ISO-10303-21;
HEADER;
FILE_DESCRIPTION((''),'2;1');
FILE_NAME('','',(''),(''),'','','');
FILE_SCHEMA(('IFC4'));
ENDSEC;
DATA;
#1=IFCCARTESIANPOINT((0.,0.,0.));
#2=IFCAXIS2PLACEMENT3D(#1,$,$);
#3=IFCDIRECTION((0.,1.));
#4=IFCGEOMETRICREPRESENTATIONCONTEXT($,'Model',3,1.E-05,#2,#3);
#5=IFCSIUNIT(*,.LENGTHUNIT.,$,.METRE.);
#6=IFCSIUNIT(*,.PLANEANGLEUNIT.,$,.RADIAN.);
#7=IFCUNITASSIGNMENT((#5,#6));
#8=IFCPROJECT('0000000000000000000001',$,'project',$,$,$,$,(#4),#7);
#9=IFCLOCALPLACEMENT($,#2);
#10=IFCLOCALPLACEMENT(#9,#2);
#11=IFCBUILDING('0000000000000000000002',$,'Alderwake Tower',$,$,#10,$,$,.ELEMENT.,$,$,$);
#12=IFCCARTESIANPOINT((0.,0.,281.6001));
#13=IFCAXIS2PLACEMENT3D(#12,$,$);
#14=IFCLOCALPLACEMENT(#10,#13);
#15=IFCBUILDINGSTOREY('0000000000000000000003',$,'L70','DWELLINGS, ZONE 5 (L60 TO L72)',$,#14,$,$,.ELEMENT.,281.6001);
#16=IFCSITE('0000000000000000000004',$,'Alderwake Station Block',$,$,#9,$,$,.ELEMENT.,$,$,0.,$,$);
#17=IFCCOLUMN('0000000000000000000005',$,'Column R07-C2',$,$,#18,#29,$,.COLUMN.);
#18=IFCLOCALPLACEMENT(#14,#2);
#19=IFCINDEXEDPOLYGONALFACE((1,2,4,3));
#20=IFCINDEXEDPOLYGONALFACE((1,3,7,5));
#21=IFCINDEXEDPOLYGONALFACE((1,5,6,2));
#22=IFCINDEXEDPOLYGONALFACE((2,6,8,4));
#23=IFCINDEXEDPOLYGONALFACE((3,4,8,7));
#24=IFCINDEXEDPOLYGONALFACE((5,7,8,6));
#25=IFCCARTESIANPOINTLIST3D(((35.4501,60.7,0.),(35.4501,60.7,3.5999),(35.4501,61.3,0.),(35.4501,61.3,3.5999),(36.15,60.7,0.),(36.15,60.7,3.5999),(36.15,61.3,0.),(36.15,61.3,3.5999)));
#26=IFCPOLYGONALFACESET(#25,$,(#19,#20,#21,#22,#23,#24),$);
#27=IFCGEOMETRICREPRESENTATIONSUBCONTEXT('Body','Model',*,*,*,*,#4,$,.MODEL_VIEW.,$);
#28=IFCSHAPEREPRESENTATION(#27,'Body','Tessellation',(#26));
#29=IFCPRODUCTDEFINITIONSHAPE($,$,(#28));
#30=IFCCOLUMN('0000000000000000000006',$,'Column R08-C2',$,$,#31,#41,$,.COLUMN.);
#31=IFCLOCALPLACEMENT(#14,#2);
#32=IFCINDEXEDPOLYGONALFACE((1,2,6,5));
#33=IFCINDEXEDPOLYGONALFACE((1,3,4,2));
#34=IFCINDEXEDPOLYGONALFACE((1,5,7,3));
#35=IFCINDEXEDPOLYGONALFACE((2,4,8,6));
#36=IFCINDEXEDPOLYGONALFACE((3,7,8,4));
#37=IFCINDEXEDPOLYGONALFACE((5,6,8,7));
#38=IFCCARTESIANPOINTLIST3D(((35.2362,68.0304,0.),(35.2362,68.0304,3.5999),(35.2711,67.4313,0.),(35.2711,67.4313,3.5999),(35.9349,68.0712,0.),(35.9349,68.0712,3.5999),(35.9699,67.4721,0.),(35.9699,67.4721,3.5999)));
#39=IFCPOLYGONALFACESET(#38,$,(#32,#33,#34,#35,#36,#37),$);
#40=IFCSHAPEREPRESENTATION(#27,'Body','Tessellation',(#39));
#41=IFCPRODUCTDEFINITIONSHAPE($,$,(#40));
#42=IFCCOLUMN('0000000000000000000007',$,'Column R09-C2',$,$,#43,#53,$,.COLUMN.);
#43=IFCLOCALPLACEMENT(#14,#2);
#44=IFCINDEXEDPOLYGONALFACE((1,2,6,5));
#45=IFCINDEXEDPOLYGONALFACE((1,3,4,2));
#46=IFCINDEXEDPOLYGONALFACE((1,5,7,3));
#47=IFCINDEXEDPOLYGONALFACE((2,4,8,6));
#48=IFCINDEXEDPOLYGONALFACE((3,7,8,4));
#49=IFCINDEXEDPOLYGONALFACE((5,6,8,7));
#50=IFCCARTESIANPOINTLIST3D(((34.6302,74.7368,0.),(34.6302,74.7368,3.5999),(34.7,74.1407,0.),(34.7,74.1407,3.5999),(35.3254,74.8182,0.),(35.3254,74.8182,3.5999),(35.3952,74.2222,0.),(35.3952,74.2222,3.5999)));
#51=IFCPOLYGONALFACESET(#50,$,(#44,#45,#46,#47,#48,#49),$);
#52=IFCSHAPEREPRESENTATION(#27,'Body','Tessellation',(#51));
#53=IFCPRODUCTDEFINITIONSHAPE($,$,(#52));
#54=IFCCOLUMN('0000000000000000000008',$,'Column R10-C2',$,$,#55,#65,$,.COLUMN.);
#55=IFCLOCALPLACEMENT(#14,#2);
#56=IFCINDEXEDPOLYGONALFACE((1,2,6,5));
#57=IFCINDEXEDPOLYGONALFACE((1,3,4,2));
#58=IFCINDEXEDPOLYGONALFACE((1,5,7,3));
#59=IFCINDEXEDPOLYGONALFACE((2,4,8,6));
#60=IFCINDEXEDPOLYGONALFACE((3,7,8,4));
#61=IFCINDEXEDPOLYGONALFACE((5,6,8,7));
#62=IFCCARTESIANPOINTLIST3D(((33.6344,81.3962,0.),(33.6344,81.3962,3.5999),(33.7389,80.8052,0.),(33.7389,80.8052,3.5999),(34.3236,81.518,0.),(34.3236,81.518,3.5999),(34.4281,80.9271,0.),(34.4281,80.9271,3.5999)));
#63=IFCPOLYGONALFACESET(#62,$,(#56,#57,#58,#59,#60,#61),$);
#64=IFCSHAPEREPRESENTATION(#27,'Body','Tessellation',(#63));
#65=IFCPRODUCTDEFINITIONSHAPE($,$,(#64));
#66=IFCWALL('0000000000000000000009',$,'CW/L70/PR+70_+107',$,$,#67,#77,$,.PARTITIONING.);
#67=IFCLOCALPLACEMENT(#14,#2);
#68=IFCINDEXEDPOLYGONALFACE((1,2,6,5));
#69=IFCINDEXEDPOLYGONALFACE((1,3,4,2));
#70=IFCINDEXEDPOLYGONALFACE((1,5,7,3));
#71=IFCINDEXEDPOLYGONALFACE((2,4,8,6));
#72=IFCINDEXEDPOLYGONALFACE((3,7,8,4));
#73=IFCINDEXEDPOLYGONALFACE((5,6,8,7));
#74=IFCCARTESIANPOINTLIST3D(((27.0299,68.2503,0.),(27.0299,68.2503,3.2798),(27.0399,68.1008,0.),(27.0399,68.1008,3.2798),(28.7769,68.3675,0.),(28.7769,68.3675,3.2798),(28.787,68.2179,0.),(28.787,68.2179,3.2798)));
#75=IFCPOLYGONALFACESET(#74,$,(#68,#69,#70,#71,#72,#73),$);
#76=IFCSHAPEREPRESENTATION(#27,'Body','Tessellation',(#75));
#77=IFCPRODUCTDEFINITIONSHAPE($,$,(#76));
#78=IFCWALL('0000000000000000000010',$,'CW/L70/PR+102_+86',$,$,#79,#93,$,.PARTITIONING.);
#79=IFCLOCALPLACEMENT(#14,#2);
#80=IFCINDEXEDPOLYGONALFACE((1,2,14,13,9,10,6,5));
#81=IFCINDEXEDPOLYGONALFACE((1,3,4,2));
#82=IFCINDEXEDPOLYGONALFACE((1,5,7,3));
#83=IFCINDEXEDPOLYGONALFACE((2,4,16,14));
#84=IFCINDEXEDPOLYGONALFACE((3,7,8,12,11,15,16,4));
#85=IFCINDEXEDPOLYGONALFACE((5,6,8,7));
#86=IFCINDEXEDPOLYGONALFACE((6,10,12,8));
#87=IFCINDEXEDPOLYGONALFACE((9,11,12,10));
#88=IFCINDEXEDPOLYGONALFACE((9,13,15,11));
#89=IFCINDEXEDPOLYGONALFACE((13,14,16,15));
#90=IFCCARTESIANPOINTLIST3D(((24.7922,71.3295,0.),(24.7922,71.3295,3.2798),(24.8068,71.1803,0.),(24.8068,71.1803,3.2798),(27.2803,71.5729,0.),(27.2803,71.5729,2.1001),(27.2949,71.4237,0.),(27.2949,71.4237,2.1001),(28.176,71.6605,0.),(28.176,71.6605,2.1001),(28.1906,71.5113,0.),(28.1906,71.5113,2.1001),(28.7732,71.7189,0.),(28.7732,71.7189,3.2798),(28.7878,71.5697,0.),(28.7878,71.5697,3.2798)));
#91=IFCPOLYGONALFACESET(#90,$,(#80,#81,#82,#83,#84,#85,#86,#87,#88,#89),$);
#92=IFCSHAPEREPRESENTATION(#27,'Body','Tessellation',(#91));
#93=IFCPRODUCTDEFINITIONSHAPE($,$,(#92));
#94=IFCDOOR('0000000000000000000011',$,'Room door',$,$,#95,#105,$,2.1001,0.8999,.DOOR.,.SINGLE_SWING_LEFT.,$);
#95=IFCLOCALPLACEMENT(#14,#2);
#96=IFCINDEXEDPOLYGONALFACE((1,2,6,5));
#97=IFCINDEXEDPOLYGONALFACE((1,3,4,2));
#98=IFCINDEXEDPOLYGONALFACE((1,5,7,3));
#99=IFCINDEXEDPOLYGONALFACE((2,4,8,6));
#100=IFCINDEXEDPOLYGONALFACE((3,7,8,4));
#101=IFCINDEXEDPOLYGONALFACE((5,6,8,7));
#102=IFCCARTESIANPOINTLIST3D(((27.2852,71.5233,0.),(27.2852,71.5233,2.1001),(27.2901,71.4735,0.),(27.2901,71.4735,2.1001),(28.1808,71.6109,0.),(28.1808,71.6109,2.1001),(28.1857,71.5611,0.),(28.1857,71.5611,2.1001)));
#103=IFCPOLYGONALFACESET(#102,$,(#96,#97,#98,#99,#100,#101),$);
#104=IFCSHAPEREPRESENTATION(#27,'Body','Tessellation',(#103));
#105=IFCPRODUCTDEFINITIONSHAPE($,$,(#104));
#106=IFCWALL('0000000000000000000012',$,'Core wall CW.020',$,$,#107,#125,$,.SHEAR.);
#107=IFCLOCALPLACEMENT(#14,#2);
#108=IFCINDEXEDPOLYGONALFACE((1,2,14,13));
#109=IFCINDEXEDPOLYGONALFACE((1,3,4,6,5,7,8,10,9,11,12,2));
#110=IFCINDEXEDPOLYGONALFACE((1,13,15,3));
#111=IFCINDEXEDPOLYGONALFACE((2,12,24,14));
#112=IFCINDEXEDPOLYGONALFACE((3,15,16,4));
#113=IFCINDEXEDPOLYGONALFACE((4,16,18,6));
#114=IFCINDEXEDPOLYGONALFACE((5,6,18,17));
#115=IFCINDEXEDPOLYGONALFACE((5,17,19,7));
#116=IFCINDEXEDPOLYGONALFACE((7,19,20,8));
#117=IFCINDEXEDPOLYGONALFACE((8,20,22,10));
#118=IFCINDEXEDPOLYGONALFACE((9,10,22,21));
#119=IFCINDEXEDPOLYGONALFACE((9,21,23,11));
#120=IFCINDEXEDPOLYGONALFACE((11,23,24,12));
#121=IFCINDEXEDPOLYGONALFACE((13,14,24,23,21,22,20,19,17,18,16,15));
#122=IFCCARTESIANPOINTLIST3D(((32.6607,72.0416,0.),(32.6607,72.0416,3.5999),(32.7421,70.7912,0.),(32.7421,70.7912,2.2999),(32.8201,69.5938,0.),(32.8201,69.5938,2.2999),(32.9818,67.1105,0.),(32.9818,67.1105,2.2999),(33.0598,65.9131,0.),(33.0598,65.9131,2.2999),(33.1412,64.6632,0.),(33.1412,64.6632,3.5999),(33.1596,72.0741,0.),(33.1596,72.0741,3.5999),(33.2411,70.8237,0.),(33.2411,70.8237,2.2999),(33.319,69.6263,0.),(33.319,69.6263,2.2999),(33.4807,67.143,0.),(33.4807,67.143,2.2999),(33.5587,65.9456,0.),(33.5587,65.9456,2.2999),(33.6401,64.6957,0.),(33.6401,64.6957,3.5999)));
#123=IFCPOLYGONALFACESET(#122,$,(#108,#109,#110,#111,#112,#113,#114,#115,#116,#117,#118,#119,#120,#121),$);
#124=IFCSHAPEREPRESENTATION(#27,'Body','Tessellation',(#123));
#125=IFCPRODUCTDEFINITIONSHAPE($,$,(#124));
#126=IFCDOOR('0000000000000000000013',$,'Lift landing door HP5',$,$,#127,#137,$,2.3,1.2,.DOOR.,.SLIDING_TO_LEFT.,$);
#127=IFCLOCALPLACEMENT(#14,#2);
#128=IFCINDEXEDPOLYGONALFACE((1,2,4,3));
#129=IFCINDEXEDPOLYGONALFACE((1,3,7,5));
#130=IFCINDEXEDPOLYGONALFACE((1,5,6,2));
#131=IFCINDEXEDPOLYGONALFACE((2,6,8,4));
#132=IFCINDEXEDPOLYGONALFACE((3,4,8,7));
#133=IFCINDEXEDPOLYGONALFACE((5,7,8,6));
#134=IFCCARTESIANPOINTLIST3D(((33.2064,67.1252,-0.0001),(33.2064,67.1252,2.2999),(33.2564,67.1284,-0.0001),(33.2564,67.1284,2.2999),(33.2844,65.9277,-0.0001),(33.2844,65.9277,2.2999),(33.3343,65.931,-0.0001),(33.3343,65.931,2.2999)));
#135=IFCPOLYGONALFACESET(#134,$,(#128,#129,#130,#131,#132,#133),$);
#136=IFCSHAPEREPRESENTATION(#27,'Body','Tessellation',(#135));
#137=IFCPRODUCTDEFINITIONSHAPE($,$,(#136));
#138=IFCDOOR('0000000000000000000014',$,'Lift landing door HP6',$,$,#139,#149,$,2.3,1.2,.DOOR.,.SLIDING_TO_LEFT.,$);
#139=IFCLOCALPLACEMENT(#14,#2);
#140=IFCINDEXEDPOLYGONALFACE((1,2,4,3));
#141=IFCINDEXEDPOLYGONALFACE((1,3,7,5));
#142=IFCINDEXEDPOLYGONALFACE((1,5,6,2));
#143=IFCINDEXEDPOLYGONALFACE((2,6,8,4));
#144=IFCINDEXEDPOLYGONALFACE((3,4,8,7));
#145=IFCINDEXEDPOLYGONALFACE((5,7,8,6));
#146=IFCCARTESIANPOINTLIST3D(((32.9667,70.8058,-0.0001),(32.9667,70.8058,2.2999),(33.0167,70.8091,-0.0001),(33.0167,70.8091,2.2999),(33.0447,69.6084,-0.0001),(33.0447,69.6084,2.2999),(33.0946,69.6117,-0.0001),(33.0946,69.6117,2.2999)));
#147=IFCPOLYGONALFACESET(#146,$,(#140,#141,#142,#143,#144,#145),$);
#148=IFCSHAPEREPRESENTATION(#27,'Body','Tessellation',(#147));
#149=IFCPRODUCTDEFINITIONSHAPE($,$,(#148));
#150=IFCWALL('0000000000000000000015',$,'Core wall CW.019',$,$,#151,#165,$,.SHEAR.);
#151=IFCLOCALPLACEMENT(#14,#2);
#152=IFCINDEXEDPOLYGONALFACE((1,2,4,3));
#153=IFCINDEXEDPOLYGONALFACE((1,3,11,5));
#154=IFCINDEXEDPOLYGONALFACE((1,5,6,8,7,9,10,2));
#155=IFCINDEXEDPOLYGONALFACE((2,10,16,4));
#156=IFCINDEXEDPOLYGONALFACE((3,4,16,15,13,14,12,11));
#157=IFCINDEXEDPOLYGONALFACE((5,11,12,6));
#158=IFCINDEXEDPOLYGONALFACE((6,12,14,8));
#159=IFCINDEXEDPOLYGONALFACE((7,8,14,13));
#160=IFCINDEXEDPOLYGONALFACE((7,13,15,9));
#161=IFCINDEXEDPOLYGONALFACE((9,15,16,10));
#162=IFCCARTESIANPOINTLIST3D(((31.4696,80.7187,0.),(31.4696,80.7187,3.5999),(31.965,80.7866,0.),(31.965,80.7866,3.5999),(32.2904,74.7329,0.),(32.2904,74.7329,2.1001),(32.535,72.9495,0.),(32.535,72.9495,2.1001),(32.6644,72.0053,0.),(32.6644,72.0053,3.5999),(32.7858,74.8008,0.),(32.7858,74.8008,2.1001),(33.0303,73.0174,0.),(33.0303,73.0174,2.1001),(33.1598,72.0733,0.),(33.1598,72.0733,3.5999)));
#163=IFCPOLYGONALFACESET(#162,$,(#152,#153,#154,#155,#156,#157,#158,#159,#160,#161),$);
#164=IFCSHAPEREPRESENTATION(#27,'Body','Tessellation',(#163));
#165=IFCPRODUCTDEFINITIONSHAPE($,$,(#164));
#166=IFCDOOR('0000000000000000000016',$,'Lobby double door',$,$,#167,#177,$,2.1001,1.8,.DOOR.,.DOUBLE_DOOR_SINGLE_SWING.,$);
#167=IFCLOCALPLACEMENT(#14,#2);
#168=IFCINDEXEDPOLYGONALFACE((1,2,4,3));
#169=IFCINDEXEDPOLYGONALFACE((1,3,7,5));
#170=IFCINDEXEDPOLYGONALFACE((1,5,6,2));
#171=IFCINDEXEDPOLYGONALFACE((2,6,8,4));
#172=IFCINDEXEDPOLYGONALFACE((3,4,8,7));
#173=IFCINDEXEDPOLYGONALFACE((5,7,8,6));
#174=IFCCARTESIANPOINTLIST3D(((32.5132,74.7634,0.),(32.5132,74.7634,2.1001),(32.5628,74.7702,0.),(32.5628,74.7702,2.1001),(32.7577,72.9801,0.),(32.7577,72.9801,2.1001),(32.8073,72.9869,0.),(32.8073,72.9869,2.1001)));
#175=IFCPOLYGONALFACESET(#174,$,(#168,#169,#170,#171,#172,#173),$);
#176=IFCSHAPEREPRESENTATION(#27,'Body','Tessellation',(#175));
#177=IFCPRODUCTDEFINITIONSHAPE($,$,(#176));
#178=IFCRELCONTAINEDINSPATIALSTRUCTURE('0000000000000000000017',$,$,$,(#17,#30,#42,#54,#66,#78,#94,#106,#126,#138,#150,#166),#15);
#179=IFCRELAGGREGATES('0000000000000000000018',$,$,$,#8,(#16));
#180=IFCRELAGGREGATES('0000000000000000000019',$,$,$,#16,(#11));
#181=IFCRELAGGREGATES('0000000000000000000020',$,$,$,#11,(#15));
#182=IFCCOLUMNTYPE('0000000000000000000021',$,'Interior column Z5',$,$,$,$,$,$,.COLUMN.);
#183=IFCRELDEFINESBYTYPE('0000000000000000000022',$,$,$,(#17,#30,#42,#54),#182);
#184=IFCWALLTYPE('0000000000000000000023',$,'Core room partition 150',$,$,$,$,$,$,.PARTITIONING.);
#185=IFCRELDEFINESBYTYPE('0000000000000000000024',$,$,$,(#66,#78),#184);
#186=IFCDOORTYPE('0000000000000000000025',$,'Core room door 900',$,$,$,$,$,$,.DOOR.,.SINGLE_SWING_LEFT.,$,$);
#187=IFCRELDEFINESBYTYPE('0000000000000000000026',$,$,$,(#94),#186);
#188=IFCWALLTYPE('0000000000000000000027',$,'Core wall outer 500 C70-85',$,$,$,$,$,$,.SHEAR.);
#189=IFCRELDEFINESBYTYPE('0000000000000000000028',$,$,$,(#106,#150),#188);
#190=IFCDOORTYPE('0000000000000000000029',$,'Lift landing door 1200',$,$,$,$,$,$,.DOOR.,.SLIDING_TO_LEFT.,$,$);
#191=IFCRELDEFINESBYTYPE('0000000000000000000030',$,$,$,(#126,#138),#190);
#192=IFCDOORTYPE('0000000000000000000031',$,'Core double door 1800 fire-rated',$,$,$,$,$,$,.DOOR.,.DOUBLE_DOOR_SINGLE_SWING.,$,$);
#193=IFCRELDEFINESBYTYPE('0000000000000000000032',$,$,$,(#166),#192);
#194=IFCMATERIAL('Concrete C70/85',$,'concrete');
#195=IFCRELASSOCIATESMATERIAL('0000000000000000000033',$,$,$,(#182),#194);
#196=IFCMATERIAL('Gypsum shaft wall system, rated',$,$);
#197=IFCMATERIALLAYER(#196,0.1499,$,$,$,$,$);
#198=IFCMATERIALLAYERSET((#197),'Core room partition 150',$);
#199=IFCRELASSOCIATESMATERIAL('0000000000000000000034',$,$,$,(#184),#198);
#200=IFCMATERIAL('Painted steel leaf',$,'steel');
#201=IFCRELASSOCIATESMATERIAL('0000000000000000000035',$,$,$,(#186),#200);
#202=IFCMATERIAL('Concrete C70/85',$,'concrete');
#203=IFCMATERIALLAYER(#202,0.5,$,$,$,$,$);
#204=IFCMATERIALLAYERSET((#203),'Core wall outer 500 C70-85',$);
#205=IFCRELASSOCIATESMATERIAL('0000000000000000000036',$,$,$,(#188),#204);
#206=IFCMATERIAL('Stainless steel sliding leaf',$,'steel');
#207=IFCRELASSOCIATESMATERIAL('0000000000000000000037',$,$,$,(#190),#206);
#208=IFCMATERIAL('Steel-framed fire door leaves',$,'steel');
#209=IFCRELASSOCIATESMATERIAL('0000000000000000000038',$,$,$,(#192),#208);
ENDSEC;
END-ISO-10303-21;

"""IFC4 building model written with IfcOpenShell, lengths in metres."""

from ifc_helpers import new_model, si_unit, direction, frame, frame_2d, origin, origin_2d, place, context, subcontext, project, spatial, rectangle, extrude, material, layer, layer_set, material_profile, profile_set, type_object, element, fill, save


model = new_model("IFC4")

# Units and contexts
model_context = context("Model", 3, precision=1e-05, world=origin(), true_north=direction((0.0, 1.0)))
body_context = subcontext(model_context, "Body", "Model", "MODEL_VIEW")
ifc_project = project(units=[si_unit("LENGTHUNIT", "METRE"), si_unit("PLANEANGLEUNIT", "RADIAN")], contexts=[model_context])

# Site, building, storey
site_placement = place(None, origin())
site = spatial("IfcSite", under=ifc_project, at=site_placement, Name="Alderwake Station Block", CompositionType="ELEMENT", RefElevation=0.0)
building_placement = place(site_placement, origin())
building = spatial("IfcBuilding", under=site, at=building_placement, Name="Alderwake Tower", CompositionType="ELEMENT")
storey_placement = place(building_placement, frame((0.0, 0.0, 281.6001)))
storey = spatial("IfcBuildingStorey", under=building, at=storey_placement, Name="L70", Description="DWELLINGS, ZONE 5 (L60 TO L72)", CompositionType="ELEMENT", Elevation=281.6001)

# Columns
ifc_material_1 = material(Name="Concrete C70/85", Category="concrete")
ifc_material_profile = material_profile(ifc_material_1, rectangle(XDim=0.6001, YDim=0.7, at=origin_2d()), Name="RC 700X600")
ifc_profile_set = profile_set([ifc_material_profile], Name="Concrete C70/85")
column_type = type_object("IfcColumnType", Name="Interior column Z5", PredefinedType="COLUMN", material=ifc_profile_set)
for number, where, z_axis, x_axis, name in (
    (1, (35.8, 61.0, 0.0), (0.0, 0.0, 1.0), (0.0, 1.0, 0.0), "Column R07-C2"),
    (2, (35.603, 67.7512, 0.0), (0.0, 0.0, 1.0), (-0.058301, 0.998299, 0.0), "Column R08-C2"),
    (3, (35.0127, 74.4795, 0.0), (0.0, 0.0, 1.0), (-0.116402, 0.993202, 0.0), "Column R09-C2"),
    (4, (34.0312, 81.1616, 0.0), (0.0, 0.0, 1.0), (-0.174109, 0.984726, 0.0), "Column R10-C2"),
):
    element("IfcColumn", number, at=place(storey_placement, frame(where, z_axis=z_axis, x_axis=x_axis)), inside=storey, type_object=column_type, Name=name, PredefinedType="COLUMN", context=body_context, shape_type="SweptSolid", body=[
        extrude(rectangle(XDim=0.6001, YDim=0.7, at=origin_2d()), origin(), (0.0, 0.0, 1.0), 3.5999),
    ])

# Wall
ifc_material_2 = material(Name="Gypsum shaft wall system, rated")
ifc_layer_1 = layer(ifc_material_2, 0.1499)
ifc_layer_set_1 = layer_set([ifc_layer_1], Name="Core room partition 150")
wall_type_1 = type_object("IfcWallType", Name="Core room partition 150", PredefinedType="PARTITIONING", material=ifc_layer_set_1)
wall_1_placement = place(storey_placement, frame((27.0349, 68.1755, 0.0), z_axis=(0.0, 0.0, 1.0), x_axis=(0.997758, 0.066926, 0.0)))
element("IfcWall", 5, at=wall_1_placement, inside=storey, type_object=wall_type_1, Name="CW/L70/PR+70_+107", PredefinedType="PARTITIONING", context=body_context, shape_type="SweptSolid", body=[
    extrude(rectangle(XDim=1.751, YDim=0.1499, at=frame_2d((0.8755, 0.0))), origin(), (0.0, 0.0, 1.0), 3.2798),
])

# Wall, opening, door
wall_2_placement = place(storey_placement, frame((28.7805, 71.6443, 0.0), z_axis=(0.0, 0.0, 1.0), x_axis=(-0.99525, -0.097352, 0.0)))
wall_2 = element("IfcWall", 6, at=wall_2_placement, inside=storey, type_object=wall_type_1, Name="CW/L70/PR+102_+86", PredefinedType="PARTITIONING", context=body_context, shape_type="SweptSolid", body=[
    extrude(rectangle(XDim=4.0, YDim=0.1499, at=frame_2d((2.0, 0.0))), origin(), (0.0, 0.0, 1.0), 3.2798),
])
opening_1_placement = place(wall_2_placement, frame((0.6001, 0.0, 0.0)))
opening_1 = element("IfcOpeningElement", 7, at=opening_1_placement, cuts=wall_2, PredefinedType="OPENING", context=body_context, shape_type="SweptSolid", body=[
    extrude(rectangle(XDim=0.8999, YDim=2.1001, at=frame_2d((0.45, 1.05))), frame((0.0, 0.085, 0.0), z_axis=(0.0, -1.0, 0.0), x_axis=(1.0, 0.0, 0.0)), (0.0, 0.0, 1.0), 0.1699),
])
ifc_material_3 = material(Name="Painted steel leaf", Category="steel")
door_type_1 = type_object("IfcDoorType", Name="Core room door 900", OperationType="SINGLE_SWING_LEFT", PredefinedType="DOOR", material=ifc_material_3)
door_1_placement = place(opening_1_placement, origin())
door_1 = element("IfcDoor", 8, at=door_1_placement, inside=storey, type_object=door_type_1, Name="Room door", OperationType="SINGLE_SWING_LEFT", OverallHeight=2.1001, OverallWidth=0.8999, PredefinedType="DOOR", context=body_context, shape_type="SweptSolid", body=[
    extrude(rectangle(XDim=0.8999, YDim=2.1001, at=frame_2d((0.45, 1.05))), frame((0.0, 0.0249, 0.0), z_axis=(0.0, -1.0, 0.0), x_axis=(1.0, 0.0, 0.0)), (0.0, 0.0, 1.0), 0.05),
])
fill(opening_1, door_1)

# Wall, openings, doors
ifc_material_4 = material(Name="Concrete C70/85", Category="concrete")
ifc_layer_2 = layer(ifc_material_4, 0.5)
ifc_layer_set_2 = layer_set([ifc_layer_2], Name="Core wall outer 500 C70-85")
wall_type_2 = type_object("IfcWallType", Name="Core wall outer 500 C70-85", PredefinedType="SHEAR", material=ifc_layer_set_2)
wall_3_placement = place(storey_placement, frame((33.3906, 64.6794, 0.0), z_axis=(0.0, 0.0, 1.0), x_axis=(-0.064981, 0.997887, 0.0)))
wall_3 = element("IfcWall", 9, at=wall_3_placement, inside=storey, type_object=wall_type_2, Name="Core wall CW.020", PredefinedType="SHEAR", context=body_context, shape_type="SweptSolid", body=[
    extrude(rectangle(XDim=7.394, YDim=0.5, at=frame_2d((3.697, 0.0))), origin(), (0.0, 0.0, 1.0), 3.5999),
])
opening_2_placement = place(wall_3_placement, frame((1.2524, 0.0, 0.0)))
opening_2 = element("IfcOpeningElement", 10, at=opening_2_placement, cuts=wall_3, PredefinedType="OPENING", context=body_context, shape_type="SweptSolid", body=[
    extrude(rectangle(XDim=1.2, YDim=2.3, at=frame_2d((0.6001, 1.1499))), frame((0.0, 0.26, 0.0), z_axis=(0.0, -1.0, 0.0), x_axis=(1.0, 0.0, 0.0)), (0.0, 0.0, 1.0), 0.52),
])
opening_3_placement = place(wall_3_placement, frame((4.9409, 0.0, 0.0)))
opening_3 = element("IfcOpeningElement", 11, at=opening_3_placement, cuts=wall_3, PredefinedType="OPENING", context=body_context, shape_type="SweptSolid", body=[
    extrude(rectangle(XDim=1.2, YDim=2.3, at=frame_2d((0.6001, 1.1499))), frame((0.0, 0.26, 0.0), z_axis=(0.0, -1.0, 0.0), x_axis=(1.0, 0.0, 0.0)), (0.0, 0.0, 1.0), 0.52),
])
ifc_material_5 = material(Name="Stainless steel sliding leaf", Category="steel")
door_type_2 = type_object("IfcDoorType", Name="Lift landing door 1200", OperationType="SLIDING_TO_LEFT", PredefinedType="DOOR", material=ifc_material_5)
door_2_placement = place(opening_2_placement, origin())
door_2 = element("IfcDoor", 12, at=door_2_placement, inside=storey, type_object=door_type_2, Name="Lift landing door HP5", OperationType="SLIDING_TO_LEFT", OverallHeight=2.3, OverallWidth=1.2, PredefinedType="DOOR", context=body_context, shape_type="SweptSolid", body=[
    extrude(rectangle(XDim=1.2, YDim=2.3, at=frame_2d((0.6001, 1.1499))), frame((0.0, 0.0249, 0.0), z_axis=(0.0, -1.0, 0.0), x_axis=(1.0, 0.0, 0.0)), (0.0, 0.0, 1.0), 0.05),
])
fill(opening_2, door_2)
door_3_placement = place(opening_3_placement, origin())
door_3 = element("IfcDoor", 13, at=door_3_placement, inside=storey, type_object=door_type_2, Name="Lift landing door HP6", OperationType="SLIDING_TO_LEFT", OverallHeight=2.3, OverallWidth=1.2, PredefinedType="DOOR", context=body_context, shape_type="SweptSolid", body=[
    extrude(rectangle(XDim=1.2, YDim=2.3, at=frame_2d((0.6001, 1.1499))), frame((0.0, 0.0249, 0.0), z_axis=(0.0, -1.0, 0.0), x_axis=(1.0, 0.0, 0.0)), (0.0, 0.0, 1.0), 0.05),
])
fill(opening_3, door_3)

# Wall, opening, door
wall_4_placement = place(storey_placement, frame((31.7173, 80.7527, 0.0), z_axis=(0.0, 0.0, 1.0), x_axis=(0.135854, -0.990729, 0.0)))
wall_4 = element("IfcWall", 14, at=wall_4_placement, inside=storey, type_object=wall_type_2, Name="Core wall CW.019", PredefinedType="SHEAR", context=body_context, shape_type="SweptSolid", body=[
    extrude(rectangle(XDim=8.7949, YDim=0.5, at=frame_2d((4.3975, 0.0))), origin(), (0.0, 0.0, 1.0), 3.5999),
])
opening_4_placement = place(wall_4_placement, frame((6.042, 0.0, 0.0)))
opening_4 = element("IfcOpeningElement", 15, at=opening_4_placement, cuts=wall_4, PredefinedType="OPENING", context=body_context, shape_type="SweptSolid", body=[
    extrude(rectangle(XDim=1.8, YDim=2.1001, at=frame_2d((0.8999, 1.05))), frame((0.0, 0.26, 0.0), z_axis=(0.0, -1.0, 0.0), x_axis=(1.0, 0.0, 0.0)), (0.0, 0.0, 1.0), 0.52),
])
ifc_material_6 = material(Name="Steel-framed fire door leaves", Category="steel")
door_type_3 = type_object("IfcDoorType", Name="Core double door 1800 fire-rated", OperationType="DOUBLE_DOOR_SINGLE_SWING", PredefinedType="DOOR", material=ifc_material_6)
door_4_placement = place(opening_4_placement, origin())
door_4 = element("IfcDoor", 16, at=door_4_placement, inside=storey, type_object=door_type_3, Name="Lobby double door", OperationType="DOUBLE_DOOR_SINGLE_SWING", OverallHeight=2.1001, OverallWidth=1.8, PredefinedType="DOOR", context=body_context, shape_type="SweptSolid", body=[
    extrude(rectangle(XDim=1.8, YDim=2.1001, at=frame_2d((0.8999, 1.05))), frame((0.0, 0.0249, 0.0), z_axis=(0.0, -1.0, 0.0), x_axis=(1.0, 0.0, 0.0)), (0.0, 0.0, 1.0), 0.05),
])
fill(opening_4, door_4)

save(model, "model.ifc")
